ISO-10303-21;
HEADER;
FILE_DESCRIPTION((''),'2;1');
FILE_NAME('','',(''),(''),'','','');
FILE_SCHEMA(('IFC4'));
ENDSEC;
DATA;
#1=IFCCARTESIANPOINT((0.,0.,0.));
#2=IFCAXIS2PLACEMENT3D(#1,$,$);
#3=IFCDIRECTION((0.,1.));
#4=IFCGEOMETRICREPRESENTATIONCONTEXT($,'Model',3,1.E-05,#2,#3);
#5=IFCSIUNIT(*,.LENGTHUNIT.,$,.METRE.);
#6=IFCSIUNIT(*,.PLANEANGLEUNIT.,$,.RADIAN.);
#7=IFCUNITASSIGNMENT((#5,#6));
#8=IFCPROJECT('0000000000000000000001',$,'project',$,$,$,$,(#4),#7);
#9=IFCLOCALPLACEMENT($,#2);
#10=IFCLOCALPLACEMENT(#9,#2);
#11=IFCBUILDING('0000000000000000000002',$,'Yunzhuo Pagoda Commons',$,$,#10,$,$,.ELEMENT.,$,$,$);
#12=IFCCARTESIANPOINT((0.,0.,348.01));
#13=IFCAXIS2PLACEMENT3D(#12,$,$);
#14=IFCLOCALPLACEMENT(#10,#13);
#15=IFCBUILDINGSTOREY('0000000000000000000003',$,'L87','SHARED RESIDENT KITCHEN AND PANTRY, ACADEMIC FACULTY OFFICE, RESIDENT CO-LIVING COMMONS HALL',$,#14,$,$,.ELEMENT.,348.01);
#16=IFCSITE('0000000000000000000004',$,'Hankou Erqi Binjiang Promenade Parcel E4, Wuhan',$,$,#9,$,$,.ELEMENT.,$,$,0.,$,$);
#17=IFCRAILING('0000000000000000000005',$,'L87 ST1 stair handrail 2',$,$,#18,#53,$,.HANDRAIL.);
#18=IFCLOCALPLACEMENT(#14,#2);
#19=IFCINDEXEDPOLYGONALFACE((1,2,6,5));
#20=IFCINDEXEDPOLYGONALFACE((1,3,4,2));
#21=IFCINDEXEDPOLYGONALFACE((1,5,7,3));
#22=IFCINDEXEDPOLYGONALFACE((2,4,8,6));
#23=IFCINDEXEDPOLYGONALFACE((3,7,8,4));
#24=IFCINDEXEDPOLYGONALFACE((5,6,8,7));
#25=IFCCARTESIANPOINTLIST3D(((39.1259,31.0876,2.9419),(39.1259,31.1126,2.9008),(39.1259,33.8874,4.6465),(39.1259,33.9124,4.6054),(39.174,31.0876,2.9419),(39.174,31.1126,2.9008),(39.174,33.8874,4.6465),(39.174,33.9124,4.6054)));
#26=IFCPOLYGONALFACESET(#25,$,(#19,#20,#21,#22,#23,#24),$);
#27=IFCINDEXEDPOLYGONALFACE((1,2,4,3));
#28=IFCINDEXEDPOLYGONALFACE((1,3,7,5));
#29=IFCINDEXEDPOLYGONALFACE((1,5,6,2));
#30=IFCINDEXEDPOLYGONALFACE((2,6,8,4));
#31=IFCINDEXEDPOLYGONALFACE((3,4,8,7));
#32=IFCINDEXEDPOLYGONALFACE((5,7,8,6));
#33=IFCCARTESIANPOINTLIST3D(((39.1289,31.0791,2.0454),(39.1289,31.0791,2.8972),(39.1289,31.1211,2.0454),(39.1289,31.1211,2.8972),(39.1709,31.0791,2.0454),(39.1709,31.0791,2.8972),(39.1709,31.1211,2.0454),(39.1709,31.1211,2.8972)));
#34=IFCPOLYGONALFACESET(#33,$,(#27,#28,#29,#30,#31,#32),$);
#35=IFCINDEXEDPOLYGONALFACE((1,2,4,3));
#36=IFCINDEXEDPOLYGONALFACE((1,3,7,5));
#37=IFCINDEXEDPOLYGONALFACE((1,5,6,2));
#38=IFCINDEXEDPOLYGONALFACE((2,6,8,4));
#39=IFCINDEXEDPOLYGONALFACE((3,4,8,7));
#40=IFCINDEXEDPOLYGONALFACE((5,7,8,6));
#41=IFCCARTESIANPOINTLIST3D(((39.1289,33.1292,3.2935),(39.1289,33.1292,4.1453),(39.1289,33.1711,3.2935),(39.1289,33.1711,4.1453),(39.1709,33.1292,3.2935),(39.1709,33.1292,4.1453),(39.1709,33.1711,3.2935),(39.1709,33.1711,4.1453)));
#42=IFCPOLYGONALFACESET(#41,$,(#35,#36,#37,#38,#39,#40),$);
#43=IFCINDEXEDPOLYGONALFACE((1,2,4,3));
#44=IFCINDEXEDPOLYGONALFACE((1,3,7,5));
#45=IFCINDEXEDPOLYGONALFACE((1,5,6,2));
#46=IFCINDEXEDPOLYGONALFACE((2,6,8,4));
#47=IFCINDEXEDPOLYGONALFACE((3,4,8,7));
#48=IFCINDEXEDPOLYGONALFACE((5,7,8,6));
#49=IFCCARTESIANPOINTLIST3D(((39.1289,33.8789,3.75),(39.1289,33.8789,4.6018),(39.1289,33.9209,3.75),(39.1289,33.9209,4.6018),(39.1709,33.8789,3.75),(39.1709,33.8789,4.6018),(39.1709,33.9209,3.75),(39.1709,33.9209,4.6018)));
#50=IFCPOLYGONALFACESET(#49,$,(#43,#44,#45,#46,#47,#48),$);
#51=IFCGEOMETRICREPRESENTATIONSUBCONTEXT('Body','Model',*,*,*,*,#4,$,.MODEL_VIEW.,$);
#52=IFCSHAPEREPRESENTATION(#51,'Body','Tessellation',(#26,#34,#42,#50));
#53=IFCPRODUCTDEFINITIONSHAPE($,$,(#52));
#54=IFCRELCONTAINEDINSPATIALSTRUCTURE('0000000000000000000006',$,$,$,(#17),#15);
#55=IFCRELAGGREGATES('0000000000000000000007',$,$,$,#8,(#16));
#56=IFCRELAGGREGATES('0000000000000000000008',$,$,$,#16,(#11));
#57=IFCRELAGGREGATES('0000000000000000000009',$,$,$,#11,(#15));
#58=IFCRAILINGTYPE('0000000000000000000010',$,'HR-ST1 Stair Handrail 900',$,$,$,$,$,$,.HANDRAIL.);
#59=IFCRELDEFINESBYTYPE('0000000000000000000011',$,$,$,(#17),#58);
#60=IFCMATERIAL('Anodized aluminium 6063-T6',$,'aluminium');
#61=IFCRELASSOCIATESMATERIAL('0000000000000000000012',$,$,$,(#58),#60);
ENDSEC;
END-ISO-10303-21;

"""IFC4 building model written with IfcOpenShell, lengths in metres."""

from ifc_helpers import new_model, si_unit, direction, frame, origin, origin_2d, place, context, subcontext, project, spatial, rectangle, extrude, material, type_object, element, save


model = new_model("IFC4")

# Units and contexts
model_context = context("Model", 3, precision=1e-05, world=origin(), true_north=direction((0.0, 1.0)))
body_context = subcontext(model_context, "Body", "Model", "MODEL_VIEW")
ifc_project = project(units=[si_unit("LENGTHUNIT", "METRE"), si_unit("PLANEANGLEUNIT", "RADIAN")], contexts=[model_context])

# Site, building, storey
site_placement = place(None, origin())
site = spatial("IfcSite", under=ifc_project, at=site_placement, Name="Hankou Erqi Binjiang Promenade Parcel E4, Wuhan", CompositionType="ELEMENT", RefElevation=0.0)
building_placement = place(site_placement, origin())
building = spatial("IfcBuilding", under=site, at=building_placement, Name="Yunzhuo Pagoda Commons", CompositionType="ELEMENT")
storey_placement = place(building_placement, frame((0.0, 0.0, 348.01)))
storey = spatial("IfcBuildingStorey", under=building, at=storey_placement, Name="L87", Description="SHARED RESIDENT KITCHEN AND PANTRY, ACADEMIC FACULTY OFFICE, RESIDENT CO-LIVING COMMONS HALL", CompositionType="ELEMENT", Elevation=348.01)

# Railing
ifc_material_1 = material(Name="Anodized aluminium 6063-T6", Category="aluminium")
railing_type = type_object("IfcRailingType", Name="HR-ST1 Stair Handrail 900", PredefinedType="HANDRAIL", material=ifc_material_1)
railing_placement = place(storey_placement, frame((39.1499, 31.1001, 2.0454)))
element("IfcRailing", 1, at=railing_placement, inside=storey, type_object=railing_type, Name="L87 ST1 stair handrail 2", PredefinedType="HANDRAIL", context=body_context, shape_type="SweptSolid", body=[
    extrude(rectangle(XDim=0.0481, YDim=0.0481, at=origin_2d()), frame((0.0, 0.0, 0.876), z_axis=(0.0, 0.85415, 0.520027), x_axis=(-1.0, 0.0, 0.0)), (0.0, 0.0, 1.0), 3.2778),
    extrude(rectangle(XDim=0.042, YDim=0.042, at=origin_2d()), origin(), (0.0, 0.0, 1.0), 0.8518),
    extrude(rectangle(XDim=0.042, YDim=0.042, at=origin_2d()), frame((0.0, 2.05, 1.248)), (0.0, 0.0, 1.0), 0.8518),
    extrude(rectangle(XDim=0.042, YDim=0.042, at=origin_2d()), frame((0.0, 2.7998, 1.7046)), (0.0, 0.0, 1.0), 0.8518),
])

save(model, "model.ifc")
